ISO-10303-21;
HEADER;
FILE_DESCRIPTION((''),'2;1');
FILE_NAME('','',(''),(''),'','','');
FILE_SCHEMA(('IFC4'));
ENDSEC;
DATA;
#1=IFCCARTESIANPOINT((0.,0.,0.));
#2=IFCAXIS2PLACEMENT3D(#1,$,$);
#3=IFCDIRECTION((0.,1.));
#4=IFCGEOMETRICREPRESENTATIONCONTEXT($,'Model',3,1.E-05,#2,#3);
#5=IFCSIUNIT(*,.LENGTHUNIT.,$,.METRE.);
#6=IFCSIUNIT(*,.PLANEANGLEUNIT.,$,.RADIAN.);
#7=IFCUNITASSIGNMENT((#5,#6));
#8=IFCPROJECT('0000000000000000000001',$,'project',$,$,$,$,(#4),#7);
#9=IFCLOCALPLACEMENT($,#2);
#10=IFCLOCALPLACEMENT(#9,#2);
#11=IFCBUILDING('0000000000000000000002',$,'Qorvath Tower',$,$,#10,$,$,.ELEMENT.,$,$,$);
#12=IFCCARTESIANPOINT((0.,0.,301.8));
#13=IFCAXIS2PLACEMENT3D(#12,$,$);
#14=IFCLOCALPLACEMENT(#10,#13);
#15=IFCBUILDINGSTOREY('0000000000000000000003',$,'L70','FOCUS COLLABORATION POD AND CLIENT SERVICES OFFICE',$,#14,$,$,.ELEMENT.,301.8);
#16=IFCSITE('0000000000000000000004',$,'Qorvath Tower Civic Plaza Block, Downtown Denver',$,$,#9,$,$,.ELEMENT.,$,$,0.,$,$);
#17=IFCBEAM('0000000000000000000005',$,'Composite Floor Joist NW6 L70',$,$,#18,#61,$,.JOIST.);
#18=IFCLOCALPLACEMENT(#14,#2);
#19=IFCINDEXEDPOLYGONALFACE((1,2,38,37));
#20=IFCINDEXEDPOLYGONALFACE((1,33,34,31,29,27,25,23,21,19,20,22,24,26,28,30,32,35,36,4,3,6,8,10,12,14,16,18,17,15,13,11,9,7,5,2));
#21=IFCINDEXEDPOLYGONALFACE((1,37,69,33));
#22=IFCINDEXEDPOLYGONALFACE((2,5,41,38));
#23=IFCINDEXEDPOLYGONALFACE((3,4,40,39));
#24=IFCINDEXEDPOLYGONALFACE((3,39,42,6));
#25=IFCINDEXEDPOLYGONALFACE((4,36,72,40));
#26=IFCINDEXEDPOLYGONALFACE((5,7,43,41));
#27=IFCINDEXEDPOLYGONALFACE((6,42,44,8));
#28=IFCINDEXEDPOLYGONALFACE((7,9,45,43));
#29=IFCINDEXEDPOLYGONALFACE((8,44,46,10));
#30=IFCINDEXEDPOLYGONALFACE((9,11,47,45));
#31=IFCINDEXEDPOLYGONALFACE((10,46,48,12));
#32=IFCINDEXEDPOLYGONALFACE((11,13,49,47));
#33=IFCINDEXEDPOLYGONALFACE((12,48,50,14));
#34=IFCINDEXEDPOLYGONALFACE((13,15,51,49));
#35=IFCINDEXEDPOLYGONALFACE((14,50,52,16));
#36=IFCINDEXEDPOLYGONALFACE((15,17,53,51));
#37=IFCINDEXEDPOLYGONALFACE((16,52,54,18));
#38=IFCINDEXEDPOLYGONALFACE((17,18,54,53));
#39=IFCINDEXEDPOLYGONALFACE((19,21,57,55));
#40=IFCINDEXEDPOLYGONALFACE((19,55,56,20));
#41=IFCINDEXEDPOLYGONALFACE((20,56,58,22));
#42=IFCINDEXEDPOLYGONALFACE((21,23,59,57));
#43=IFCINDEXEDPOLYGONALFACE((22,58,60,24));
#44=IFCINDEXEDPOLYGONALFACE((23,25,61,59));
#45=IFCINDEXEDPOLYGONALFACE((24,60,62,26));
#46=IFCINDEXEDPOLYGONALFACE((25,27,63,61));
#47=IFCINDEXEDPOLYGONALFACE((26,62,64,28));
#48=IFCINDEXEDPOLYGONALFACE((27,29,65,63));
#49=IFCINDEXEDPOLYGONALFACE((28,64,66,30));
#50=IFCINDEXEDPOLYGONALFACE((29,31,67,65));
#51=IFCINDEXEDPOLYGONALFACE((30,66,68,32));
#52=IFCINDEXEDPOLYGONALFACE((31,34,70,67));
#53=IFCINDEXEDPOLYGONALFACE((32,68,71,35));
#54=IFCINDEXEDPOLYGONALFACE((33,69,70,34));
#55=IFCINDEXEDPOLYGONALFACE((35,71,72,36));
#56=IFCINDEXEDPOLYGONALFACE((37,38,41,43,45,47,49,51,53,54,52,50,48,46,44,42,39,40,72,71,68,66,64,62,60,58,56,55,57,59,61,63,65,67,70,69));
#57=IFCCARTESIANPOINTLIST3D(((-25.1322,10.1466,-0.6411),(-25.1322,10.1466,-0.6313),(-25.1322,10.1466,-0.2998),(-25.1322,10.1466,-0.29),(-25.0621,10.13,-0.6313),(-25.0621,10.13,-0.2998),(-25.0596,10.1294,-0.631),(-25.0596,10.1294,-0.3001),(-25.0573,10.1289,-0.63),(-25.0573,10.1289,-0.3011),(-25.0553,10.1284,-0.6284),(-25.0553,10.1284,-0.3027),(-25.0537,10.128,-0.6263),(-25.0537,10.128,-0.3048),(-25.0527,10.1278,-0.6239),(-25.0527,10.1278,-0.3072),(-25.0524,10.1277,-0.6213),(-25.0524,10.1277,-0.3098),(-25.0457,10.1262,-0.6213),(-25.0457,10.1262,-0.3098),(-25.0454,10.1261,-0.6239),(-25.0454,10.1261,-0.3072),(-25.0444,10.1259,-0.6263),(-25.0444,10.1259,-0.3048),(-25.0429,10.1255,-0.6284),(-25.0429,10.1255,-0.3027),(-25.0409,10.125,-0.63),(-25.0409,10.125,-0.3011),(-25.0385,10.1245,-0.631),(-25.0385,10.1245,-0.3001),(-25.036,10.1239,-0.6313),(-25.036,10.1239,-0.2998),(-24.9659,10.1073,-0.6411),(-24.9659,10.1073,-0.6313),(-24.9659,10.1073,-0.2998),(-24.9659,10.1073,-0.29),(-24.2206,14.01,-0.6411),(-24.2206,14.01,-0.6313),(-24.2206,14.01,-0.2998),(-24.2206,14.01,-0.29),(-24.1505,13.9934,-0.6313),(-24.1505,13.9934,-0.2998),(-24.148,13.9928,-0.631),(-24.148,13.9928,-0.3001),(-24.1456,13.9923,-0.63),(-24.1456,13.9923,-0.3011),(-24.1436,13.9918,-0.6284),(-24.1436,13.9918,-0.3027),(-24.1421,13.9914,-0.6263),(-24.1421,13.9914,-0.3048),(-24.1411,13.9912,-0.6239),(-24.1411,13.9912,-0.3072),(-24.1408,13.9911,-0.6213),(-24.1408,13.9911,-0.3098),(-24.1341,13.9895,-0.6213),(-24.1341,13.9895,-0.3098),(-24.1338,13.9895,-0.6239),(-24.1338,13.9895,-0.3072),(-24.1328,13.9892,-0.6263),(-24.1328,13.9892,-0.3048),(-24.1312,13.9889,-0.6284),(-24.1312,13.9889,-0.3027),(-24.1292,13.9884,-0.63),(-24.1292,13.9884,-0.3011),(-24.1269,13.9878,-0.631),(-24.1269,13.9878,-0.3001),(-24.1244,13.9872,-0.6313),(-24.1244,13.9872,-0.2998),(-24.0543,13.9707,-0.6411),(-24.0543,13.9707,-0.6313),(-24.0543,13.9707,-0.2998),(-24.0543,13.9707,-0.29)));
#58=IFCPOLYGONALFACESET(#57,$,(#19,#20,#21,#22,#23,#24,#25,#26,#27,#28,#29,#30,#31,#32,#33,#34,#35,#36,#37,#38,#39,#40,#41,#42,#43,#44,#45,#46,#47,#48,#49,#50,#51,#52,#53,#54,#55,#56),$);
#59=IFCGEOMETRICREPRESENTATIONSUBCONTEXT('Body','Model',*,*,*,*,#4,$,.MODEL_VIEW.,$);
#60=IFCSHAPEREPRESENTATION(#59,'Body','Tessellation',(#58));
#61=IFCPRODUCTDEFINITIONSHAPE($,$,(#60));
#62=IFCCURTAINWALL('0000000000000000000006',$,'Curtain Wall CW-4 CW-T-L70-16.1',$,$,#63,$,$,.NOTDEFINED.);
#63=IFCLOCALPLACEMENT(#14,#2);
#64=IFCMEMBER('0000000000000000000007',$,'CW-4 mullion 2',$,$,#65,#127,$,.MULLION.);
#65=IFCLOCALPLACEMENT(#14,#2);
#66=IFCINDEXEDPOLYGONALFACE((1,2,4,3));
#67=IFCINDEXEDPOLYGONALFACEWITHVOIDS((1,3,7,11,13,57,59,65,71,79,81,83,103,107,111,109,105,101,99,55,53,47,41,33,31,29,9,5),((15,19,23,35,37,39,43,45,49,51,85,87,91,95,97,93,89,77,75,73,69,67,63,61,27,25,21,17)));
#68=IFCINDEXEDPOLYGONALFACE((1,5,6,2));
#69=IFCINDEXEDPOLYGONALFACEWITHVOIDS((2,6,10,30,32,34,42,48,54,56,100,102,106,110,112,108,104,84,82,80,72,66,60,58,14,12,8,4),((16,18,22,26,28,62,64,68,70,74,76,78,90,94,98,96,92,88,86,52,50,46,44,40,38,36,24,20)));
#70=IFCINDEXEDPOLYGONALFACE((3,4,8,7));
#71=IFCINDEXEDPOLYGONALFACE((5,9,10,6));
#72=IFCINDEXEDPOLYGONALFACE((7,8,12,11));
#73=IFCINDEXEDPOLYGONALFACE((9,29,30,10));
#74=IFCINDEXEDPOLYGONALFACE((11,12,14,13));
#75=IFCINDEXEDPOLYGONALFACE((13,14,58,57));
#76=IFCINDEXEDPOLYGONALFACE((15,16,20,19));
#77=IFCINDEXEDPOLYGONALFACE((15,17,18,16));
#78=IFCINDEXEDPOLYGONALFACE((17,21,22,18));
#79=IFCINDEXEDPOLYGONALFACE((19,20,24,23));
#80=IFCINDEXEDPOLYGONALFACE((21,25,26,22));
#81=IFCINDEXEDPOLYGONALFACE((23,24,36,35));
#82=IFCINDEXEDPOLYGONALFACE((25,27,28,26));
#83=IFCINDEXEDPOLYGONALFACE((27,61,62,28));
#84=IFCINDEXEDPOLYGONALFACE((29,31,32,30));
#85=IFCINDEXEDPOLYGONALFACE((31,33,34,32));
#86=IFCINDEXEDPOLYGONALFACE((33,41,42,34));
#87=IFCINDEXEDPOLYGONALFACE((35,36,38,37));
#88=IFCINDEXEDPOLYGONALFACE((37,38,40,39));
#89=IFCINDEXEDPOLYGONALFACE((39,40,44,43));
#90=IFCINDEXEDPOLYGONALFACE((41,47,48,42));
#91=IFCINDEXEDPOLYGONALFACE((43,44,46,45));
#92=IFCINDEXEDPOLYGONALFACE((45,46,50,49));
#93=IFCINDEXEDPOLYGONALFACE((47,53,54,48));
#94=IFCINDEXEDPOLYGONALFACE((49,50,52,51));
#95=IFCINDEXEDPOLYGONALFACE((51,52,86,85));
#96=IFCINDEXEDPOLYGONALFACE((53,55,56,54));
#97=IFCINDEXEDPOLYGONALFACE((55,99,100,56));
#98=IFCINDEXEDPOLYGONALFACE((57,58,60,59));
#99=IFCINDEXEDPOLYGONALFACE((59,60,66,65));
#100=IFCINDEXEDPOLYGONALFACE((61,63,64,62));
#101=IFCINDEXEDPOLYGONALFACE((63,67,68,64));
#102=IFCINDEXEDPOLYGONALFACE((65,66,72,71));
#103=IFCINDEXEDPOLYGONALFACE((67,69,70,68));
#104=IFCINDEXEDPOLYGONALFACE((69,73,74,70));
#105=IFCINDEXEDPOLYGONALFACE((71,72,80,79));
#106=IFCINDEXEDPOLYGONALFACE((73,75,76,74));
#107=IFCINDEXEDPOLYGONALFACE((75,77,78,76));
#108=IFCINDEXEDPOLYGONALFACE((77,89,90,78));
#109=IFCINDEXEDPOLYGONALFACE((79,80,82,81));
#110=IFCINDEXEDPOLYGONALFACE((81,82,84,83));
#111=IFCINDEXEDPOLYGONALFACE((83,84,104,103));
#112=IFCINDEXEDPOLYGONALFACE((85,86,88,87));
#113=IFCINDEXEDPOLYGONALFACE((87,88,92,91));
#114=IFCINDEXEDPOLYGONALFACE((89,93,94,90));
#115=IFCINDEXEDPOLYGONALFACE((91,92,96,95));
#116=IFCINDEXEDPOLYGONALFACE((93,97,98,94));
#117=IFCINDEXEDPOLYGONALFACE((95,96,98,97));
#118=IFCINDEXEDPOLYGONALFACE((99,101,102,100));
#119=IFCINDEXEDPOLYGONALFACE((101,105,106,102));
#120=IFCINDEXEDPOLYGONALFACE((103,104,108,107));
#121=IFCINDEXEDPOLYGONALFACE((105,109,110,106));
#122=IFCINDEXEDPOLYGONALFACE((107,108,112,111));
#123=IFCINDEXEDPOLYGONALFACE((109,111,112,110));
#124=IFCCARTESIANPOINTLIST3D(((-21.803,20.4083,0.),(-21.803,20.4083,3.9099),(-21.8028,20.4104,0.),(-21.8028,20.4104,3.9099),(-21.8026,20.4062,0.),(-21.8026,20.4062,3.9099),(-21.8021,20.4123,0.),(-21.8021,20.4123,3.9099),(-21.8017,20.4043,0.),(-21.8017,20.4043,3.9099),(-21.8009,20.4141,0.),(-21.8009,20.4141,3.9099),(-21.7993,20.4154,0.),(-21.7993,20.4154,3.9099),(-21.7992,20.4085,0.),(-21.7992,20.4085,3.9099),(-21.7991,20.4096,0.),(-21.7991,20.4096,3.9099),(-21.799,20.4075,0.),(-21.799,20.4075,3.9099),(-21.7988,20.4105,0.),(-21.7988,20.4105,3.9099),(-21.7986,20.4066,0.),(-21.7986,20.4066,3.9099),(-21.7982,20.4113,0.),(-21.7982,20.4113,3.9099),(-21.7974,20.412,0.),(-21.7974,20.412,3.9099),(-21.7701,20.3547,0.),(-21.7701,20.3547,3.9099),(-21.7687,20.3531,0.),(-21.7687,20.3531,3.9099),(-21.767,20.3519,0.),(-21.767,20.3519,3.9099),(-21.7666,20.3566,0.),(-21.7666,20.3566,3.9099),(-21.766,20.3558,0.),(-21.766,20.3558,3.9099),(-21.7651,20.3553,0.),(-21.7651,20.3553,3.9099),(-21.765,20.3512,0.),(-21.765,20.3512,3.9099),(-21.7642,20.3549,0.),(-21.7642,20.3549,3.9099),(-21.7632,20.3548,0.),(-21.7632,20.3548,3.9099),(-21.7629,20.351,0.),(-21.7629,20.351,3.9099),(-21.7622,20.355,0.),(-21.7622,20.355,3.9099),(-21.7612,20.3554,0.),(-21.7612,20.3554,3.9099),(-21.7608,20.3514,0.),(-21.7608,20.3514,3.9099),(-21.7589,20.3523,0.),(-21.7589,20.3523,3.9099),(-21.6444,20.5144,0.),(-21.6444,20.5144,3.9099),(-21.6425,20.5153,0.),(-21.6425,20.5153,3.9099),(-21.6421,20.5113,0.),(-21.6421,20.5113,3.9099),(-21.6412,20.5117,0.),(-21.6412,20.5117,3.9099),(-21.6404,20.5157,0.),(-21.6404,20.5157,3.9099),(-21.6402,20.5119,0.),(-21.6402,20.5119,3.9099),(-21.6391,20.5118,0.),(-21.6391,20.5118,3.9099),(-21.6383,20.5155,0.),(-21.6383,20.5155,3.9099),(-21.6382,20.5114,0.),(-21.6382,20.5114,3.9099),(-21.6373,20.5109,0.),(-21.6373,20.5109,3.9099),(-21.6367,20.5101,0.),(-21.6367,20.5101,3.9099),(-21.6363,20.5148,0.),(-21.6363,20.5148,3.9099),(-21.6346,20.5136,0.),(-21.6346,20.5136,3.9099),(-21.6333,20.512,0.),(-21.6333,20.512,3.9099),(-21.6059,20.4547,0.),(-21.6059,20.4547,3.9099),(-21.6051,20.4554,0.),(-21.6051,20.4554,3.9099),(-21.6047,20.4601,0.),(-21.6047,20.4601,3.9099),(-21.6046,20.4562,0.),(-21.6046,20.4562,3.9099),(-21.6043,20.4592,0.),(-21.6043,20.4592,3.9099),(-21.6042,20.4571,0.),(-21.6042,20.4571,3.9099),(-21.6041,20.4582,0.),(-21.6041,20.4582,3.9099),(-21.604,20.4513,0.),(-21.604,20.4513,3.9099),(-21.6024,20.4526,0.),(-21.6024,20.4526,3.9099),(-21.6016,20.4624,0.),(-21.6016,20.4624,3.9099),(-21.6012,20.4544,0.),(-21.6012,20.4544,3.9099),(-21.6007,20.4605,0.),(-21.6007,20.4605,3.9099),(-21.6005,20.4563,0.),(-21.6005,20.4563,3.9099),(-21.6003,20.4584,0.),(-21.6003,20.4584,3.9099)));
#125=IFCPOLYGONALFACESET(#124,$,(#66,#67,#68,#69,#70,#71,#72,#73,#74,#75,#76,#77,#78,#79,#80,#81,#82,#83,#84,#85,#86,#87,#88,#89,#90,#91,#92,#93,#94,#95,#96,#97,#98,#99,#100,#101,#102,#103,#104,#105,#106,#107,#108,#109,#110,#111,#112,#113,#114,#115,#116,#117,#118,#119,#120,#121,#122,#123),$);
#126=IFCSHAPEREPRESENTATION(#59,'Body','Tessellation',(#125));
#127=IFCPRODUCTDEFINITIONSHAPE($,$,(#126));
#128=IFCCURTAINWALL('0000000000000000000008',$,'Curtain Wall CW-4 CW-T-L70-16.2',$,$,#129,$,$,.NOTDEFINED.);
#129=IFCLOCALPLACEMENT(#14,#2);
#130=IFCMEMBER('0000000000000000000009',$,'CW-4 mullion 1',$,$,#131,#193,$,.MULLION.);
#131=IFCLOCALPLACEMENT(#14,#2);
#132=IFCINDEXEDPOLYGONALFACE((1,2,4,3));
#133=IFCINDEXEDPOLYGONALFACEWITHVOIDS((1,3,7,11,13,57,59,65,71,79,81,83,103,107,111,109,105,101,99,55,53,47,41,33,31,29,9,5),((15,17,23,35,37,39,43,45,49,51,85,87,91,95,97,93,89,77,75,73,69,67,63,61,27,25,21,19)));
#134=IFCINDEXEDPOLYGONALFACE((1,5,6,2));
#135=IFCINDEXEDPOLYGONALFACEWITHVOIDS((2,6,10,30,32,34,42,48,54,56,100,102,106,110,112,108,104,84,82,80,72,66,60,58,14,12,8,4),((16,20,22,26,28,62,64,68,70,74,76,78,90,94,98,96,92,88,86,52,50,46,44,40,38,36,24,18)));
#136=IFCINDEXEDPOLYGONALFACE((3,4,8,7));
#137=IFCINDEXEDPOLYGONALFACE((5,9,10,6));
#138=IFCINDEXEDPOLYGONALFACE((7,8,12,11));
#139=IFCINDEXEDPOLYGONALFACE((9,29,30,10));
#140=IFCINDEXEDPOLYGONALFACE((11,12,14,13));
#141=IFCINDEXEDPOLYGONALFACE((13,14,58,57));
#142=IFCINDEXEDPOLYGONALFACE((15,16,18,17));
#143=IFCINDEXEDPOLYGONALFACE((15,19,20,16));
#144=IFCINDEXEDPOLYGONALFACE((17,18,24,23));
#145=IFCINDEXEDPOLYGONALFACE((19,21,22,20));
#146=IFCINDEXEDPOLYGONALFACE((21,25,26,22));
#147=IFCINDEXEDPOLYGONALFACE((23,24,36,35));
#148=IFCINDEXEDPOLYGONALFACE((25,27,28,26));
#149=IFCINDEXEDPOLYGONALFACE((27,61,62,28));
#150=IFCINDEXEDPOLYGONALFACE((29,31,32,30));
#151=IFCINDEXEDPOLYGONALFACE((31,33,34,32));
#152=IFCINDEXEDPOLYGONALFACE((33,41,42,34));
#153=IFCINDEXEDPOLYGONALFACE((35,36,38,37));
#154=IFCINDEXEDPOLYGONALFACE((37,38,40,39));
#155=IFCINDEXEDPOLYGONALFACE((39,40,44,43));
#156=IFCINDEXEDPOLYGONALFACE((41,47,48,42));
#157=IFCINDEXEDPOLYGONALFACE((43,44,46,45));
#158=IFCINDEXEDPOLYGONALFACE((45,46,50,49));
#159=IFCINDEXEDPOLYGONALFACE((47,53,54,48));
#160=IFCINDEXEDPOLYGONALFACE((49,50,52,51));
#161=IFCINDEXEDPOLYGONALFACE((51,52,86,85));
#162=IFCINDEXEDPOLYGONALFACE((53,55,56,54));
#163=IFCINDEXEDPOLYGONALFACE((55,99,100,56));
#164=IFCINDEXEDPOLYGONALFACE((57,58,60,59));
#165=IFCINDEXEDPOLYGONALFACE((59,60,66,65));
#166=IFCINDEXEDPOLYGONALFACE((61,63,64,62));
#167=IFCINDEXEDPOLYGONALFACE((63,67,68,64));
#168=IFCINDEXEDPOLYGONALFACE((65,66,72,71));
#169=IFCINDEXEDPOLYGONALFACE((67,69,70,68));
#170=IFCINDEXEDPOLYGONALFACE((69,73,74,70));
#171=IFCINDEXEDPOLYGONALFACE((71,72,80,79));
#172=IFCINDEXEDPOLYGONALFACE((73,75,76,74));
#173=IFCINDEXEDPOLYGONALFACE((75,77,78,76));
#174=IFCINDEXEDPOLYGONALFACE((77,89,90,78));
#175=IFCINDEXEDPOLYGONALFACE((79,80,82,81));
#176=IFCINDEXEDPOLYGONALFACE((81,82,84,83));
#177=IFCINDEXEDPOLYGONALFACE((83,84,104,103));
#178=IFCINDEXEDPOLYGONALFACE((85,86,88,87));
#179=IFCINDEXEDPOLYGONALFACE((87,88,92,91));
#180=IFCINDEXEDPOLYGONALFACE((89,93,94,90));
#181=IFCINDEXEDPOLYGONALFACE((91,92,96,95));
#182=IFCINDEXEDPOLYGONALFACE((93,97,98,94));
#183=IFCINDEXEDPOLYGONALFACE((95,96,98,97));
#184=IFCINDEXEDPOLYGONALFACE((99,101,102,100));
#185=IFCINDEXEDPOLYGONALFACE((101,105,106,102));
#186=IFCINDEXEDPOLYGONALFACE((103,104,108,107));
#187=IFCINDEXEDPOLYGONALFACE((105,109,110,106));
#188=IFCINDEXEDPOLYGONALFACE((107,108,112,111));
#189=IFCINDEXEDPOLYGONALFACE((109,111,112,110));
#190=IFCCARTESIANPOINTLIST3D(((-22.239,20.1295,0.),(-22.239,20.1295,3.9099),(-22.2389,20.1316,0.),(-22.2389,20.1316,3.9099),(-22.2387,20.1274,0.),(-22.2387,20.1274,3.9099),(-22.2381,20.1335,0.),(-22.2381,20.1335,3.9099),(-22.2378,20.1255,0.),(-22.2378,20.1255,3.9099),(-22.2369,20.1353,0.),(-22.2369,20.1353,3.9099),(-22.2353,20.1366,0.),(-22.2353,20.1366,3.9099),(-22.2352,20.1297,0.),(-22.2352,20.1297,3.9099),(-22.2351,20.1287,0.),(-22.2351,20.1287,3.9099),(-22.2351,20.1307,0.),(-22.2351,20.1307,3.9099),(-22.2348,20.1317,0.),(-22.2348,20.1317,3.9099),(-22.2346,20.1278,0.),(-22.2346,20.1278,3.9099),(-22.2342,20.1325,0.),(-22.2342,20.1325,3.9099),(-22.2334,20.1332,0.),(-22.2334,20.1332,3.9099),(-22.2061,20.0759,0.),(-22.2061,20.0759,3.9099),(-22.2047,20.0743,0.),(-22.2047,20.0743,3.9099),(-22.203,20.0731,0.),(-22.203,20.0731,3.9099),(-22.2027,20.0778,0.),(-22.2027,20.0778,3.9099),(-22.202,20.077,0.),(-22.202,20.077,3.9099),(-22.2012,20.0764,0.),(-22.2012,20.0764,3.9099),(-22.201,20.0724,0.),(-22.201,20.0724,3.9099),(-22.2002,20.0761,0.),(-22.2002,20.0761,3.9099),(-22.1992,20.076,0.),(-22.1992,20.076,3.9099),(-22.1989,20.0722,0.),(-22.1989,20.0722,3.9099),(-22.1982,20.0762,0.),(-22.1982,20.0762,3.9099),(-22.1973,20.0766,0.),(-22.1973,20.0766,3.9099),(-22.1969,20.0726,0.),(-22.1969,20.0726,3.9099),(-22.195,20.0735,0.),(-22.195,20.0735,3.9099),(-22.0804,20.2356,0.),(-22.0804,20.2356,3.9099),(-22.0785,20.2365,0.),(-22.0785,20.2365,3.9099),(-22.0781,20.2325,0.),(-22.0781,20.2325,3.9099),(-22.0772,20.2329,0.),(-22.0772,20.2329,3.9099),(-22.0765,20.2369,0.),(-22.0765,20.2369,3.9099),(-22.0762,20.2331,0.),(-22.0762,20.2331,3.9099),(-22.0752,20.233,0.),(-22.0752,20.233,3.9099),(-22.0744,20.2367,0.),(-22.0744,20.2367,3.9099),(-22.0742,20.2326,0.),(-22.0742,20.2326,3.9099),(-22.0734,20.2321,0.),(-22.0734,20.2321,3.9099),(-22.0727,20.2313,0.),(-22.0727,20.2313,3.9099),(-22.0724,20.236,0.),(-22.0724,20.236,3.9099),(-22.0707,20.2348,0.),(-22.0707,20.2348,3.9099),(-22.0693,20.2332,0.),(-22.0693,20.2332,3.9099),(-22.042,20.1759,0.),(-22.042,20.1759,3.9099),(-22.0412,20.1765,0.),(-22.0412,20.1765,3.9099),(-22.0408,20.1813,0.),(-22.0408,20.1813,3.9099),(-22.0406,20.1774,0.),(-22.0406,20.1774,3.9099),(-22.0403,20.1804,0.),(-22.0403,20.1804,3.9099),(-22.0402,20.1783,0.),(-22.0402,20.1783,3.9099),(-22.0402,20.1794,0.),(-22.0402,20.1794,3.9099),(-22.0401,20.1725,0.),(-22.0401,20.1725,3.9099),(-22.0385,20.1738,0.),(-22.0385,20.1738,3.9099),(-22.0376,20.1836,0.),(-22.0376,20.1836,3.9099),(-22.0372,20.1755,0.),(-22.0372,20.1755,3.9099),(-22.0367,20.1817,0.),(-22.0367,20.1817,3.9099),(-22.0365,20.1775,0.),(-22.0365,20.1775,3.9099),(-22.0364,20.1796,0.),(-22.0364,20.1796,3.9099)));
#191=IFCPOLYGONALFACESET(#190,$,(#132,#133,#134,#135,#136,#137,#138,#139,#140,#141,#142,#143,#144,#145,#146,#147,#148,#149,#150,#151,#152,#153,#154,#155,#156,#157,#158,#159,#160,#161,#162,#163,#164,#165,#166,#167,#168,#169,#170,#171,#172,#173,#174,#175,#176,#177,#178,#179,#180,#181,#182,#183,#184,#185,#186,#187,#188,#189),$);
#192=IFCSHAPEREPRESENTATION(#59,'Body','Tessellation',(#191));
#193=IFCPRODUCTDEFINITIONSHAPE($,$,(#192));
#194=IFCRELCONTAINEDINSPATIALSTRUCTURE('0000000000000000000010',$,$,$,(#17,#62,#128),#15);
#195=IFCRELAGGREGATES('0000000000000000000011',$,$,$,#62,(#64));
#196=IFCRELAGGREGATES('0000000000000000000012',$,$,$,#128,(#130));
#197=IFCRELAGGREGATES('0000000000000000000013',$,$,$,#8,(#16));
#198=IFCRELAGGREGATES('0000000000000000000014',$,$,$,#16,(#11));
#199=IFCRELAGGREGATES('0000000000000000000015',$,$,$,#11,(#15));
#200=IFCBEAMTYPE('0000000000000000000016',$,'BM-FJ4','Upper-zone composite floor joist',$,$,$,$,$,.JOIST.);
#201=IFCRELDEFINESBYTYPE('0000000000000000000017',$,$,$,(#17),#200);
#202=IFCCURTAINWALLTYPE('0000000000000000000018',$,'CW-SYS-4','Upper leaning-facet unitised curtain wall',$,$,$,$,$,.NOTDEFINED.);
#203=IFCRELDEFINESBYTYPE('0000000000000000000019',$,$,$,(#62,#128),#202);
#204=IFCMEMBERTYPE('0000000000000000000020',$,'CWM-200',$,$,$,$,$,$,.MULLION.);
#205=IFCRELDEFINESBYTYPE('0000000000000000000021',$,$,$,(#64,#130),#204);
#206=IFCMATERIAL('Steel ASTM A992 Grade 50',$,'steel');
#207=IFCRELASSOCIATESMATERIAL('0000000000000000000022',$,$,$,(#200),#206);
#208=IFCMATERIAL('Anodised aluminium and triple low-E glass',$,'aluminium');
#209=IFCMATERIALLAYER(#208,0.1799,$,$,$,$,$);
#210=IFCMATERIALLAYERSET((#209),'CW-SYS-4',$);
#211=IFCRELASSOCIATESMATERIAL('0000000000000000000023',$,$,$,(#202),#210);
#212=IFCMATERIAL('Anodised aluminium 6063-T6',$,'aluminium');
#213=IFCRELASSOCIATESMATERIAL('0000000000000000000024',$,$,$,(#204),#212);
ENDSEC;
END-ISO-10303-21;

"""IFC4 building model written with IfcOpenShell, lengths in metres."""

from ifc_helpers import new_model, si_unit, direction, frame, origin, origin_2d, place, context, subcontext, project, spatial, hollow_rectangle, i_section, extrude, material, layer, layer_set, material_profile, profile_set, type_object, element, aggregate, save


model = new_model("IFC4")

# Units and contexts
model_context = context("Model", 3, precision=1e-05, world=origin(), true_north=direction((0.0, 1.0)))
body_context = subcontext(model_context, "Body", "Model", "MODEL_VIEW")
ifc_project = project(units=[si_unit("LENGTHUNIT", "METRE"), si_unit("PLANEANGLEUNIT", "RADIAN")], contexts=[model_context])

# Site, building, storey
site_placement = place(None, origin())
site = spatial("IfcSite", under=ifc_project, at=site_placement, Name="Qorvath Tower Civic Plaza Block, Downtown Denver", CompositionType="ELEMENT", RefElevation=0.0)
building_placement = place(site_placement, origin())
building = spatial("IfcBuilding", under=site, at=building_placement, Name="Qorvath Tower", CompositionType="ELEMENT")
storey_placement = place(building_placement, frame((0.0, 0.0, 301.8)))
storey = spatial("IfcBuildingStorey", under=building, at=storey_placement, Name="L70", Description="FOCUS COLLABORATION POD AND CLIENT SERVICES OFFICE", CompositionType="ELEMENT", Elevation=301.8)

# Beam
ifc_material_1 = material(Name="Steel ASTM A992 Grade 50", Category="steel")
ifc_material_profile_1 = material_profile(ifc_material_1, i_section(OverallWidth=0.1709, OverallDepth=0.3511, WebThickness=0.0068, FlangeThickness=0.0098, FilletRadius=0.01, at=origin_2d()), Name="W14x30")
ifc_profile_set_1 = profile_set([ifc_material_profile_1], Name="Steel ASTM A992 Grade 50")
beam_type_1 = type_object("IfcBeamType", Name="BM-FJ4", Description="Upper-zone composite floor joist", PredefinedType="JOIST", material=ifc_profile_set_1)
beam_1_placement = place(storey_placement, frame((-25.0491, 10.127, -0.4656), z_axis=(0.229663, 0.97327, 0.0), x_axis=(-0.97327, 0.229663, 0.0)))
element("IfcBeam", 1, at=beam_1_placement, inside=storey, type_object=beam_type_1, Name="Composite Floor Joist NW6 L70", PredefinedType="JOIST", context=body_context, shape_type="SweptSolid", body=[
    extrude(i_section(OverallWidth=0.1709, OverallDepth=0.3511, WebThickness=0.0068, FlangeThickness=0.0098, FilletRadius=0.01, at=origin_2d()), origin(), (0.0, 0.0, 1.0), 3.9695),
])

# Curtain wall, member
ifc_material_2 = material(Name="Anodised aluminium and triple low-E glass", Category="aluminium")
ifc_layer_1 = layer(ifc_material_2, 0.1799)
ifc_layer_set_1 = layer_set([ifc_layer_1], Name="CW-SYS-4")
curtain_wall_type = type_object("IfcCurtainWallType", Name="CW-SYS-4", Description="Upper leaning-facet unitised curtain wall", PredefinedType="NOTDEFINED", material=ifc_layer_set_1)
curtain_wall_1_placement = place(storey_placement, origin())
curtain_wall_1 = element("IfcCurtainWall", 2, at=curtain_wall_1_placement, inside=storey, type_object=curtain_wall_type, Name="Curtain Wall CW-4 CW-T-L70-16.1", PredefinedType="NOTDEFINED")
ifc_material_3 = material(Name="Anodised aluminium 6063-T6", Category="aluminium")
ifc_material_profile_2 = material_profile(ifc_material_3, hollow_rectangle(XDim=0.075, YDim=0.2, WallThickness=0.0039, InnerFilletRadius=0.0039, OuterFilletRadius=0.0081, at=origin_2d()), Name="CWM 200x75")
ifc_profile_set_2 = profile_set([ifc_material_profile_2], Name="Anodised aluminium 6063-T6")
member_type_1 = type_object("IfcMemberType", Name="CWM-200", PredefinedType="MULLION", material=ifc_profile_set_2)
member_1_placement = place(storey_placement, frame((-21.7017, 20.4333, 0.0), z_axis=(0.0, 0.0, 1.0), x_axis=(0.538533, -0.842604, 0.0)))
member_1 = element("IfcMember", 3, at=member_1_placement, type_object=member_type_1, Name="CW-4 mullion 2", PredefinedType="MULLION", context=body_context, shape_type="SweptSolid", body=[
    extrude(hollow_rectangle(XDim=0.075, YDim=0.2, WallThickness=0.0039, InnerFilletRadius=0.0039, OuterFilletRadius=0.0081, at=origin_2d()), origin(), (0.0, 0.0, 1.0), 3.9099),
])
aggregate(curtain_wall_1, [member_1])

# Curtain wall, member
curtain_wall_2_placement = place(storey_placement, origin())
curtain_wall_2 = element("IfcCurtainWall", 4, at=curtain_wall_2_placement, inside=storey, type_object=curtain_wall_type, Name="Curtain Wall CW-4 CW-T-L70-16.2", PredefinedType="NOTDEFINED")
member_2_placement = place(storey_placement, frame((-22.1377, 20.1545, 0.0), z_axis=(0.0, 0.0, 1.0), x_axis=(0.538534, -0.842604, 0.0)))
member_2 = element("IfcMember", 5, at=member_2_placement, type_object=member_type_1, Name="CW-4 mullion 1", PredefinedType="MULLION", context=body_context, shape_type="SweptSolid", body=[
    extrude(hollow_rectangle(XDim=0.075, YDim=0.2, WallThickness=0.0039, InnerFilletRadius=0.0039, OuterFilletRadius=0.0081, at=origin_2d()), origin(), (0.0, 0.0, 1.0), 3.9099),
])
aggregate(curtain_wall_2, [member_2])

save(model, "model.ifc")
